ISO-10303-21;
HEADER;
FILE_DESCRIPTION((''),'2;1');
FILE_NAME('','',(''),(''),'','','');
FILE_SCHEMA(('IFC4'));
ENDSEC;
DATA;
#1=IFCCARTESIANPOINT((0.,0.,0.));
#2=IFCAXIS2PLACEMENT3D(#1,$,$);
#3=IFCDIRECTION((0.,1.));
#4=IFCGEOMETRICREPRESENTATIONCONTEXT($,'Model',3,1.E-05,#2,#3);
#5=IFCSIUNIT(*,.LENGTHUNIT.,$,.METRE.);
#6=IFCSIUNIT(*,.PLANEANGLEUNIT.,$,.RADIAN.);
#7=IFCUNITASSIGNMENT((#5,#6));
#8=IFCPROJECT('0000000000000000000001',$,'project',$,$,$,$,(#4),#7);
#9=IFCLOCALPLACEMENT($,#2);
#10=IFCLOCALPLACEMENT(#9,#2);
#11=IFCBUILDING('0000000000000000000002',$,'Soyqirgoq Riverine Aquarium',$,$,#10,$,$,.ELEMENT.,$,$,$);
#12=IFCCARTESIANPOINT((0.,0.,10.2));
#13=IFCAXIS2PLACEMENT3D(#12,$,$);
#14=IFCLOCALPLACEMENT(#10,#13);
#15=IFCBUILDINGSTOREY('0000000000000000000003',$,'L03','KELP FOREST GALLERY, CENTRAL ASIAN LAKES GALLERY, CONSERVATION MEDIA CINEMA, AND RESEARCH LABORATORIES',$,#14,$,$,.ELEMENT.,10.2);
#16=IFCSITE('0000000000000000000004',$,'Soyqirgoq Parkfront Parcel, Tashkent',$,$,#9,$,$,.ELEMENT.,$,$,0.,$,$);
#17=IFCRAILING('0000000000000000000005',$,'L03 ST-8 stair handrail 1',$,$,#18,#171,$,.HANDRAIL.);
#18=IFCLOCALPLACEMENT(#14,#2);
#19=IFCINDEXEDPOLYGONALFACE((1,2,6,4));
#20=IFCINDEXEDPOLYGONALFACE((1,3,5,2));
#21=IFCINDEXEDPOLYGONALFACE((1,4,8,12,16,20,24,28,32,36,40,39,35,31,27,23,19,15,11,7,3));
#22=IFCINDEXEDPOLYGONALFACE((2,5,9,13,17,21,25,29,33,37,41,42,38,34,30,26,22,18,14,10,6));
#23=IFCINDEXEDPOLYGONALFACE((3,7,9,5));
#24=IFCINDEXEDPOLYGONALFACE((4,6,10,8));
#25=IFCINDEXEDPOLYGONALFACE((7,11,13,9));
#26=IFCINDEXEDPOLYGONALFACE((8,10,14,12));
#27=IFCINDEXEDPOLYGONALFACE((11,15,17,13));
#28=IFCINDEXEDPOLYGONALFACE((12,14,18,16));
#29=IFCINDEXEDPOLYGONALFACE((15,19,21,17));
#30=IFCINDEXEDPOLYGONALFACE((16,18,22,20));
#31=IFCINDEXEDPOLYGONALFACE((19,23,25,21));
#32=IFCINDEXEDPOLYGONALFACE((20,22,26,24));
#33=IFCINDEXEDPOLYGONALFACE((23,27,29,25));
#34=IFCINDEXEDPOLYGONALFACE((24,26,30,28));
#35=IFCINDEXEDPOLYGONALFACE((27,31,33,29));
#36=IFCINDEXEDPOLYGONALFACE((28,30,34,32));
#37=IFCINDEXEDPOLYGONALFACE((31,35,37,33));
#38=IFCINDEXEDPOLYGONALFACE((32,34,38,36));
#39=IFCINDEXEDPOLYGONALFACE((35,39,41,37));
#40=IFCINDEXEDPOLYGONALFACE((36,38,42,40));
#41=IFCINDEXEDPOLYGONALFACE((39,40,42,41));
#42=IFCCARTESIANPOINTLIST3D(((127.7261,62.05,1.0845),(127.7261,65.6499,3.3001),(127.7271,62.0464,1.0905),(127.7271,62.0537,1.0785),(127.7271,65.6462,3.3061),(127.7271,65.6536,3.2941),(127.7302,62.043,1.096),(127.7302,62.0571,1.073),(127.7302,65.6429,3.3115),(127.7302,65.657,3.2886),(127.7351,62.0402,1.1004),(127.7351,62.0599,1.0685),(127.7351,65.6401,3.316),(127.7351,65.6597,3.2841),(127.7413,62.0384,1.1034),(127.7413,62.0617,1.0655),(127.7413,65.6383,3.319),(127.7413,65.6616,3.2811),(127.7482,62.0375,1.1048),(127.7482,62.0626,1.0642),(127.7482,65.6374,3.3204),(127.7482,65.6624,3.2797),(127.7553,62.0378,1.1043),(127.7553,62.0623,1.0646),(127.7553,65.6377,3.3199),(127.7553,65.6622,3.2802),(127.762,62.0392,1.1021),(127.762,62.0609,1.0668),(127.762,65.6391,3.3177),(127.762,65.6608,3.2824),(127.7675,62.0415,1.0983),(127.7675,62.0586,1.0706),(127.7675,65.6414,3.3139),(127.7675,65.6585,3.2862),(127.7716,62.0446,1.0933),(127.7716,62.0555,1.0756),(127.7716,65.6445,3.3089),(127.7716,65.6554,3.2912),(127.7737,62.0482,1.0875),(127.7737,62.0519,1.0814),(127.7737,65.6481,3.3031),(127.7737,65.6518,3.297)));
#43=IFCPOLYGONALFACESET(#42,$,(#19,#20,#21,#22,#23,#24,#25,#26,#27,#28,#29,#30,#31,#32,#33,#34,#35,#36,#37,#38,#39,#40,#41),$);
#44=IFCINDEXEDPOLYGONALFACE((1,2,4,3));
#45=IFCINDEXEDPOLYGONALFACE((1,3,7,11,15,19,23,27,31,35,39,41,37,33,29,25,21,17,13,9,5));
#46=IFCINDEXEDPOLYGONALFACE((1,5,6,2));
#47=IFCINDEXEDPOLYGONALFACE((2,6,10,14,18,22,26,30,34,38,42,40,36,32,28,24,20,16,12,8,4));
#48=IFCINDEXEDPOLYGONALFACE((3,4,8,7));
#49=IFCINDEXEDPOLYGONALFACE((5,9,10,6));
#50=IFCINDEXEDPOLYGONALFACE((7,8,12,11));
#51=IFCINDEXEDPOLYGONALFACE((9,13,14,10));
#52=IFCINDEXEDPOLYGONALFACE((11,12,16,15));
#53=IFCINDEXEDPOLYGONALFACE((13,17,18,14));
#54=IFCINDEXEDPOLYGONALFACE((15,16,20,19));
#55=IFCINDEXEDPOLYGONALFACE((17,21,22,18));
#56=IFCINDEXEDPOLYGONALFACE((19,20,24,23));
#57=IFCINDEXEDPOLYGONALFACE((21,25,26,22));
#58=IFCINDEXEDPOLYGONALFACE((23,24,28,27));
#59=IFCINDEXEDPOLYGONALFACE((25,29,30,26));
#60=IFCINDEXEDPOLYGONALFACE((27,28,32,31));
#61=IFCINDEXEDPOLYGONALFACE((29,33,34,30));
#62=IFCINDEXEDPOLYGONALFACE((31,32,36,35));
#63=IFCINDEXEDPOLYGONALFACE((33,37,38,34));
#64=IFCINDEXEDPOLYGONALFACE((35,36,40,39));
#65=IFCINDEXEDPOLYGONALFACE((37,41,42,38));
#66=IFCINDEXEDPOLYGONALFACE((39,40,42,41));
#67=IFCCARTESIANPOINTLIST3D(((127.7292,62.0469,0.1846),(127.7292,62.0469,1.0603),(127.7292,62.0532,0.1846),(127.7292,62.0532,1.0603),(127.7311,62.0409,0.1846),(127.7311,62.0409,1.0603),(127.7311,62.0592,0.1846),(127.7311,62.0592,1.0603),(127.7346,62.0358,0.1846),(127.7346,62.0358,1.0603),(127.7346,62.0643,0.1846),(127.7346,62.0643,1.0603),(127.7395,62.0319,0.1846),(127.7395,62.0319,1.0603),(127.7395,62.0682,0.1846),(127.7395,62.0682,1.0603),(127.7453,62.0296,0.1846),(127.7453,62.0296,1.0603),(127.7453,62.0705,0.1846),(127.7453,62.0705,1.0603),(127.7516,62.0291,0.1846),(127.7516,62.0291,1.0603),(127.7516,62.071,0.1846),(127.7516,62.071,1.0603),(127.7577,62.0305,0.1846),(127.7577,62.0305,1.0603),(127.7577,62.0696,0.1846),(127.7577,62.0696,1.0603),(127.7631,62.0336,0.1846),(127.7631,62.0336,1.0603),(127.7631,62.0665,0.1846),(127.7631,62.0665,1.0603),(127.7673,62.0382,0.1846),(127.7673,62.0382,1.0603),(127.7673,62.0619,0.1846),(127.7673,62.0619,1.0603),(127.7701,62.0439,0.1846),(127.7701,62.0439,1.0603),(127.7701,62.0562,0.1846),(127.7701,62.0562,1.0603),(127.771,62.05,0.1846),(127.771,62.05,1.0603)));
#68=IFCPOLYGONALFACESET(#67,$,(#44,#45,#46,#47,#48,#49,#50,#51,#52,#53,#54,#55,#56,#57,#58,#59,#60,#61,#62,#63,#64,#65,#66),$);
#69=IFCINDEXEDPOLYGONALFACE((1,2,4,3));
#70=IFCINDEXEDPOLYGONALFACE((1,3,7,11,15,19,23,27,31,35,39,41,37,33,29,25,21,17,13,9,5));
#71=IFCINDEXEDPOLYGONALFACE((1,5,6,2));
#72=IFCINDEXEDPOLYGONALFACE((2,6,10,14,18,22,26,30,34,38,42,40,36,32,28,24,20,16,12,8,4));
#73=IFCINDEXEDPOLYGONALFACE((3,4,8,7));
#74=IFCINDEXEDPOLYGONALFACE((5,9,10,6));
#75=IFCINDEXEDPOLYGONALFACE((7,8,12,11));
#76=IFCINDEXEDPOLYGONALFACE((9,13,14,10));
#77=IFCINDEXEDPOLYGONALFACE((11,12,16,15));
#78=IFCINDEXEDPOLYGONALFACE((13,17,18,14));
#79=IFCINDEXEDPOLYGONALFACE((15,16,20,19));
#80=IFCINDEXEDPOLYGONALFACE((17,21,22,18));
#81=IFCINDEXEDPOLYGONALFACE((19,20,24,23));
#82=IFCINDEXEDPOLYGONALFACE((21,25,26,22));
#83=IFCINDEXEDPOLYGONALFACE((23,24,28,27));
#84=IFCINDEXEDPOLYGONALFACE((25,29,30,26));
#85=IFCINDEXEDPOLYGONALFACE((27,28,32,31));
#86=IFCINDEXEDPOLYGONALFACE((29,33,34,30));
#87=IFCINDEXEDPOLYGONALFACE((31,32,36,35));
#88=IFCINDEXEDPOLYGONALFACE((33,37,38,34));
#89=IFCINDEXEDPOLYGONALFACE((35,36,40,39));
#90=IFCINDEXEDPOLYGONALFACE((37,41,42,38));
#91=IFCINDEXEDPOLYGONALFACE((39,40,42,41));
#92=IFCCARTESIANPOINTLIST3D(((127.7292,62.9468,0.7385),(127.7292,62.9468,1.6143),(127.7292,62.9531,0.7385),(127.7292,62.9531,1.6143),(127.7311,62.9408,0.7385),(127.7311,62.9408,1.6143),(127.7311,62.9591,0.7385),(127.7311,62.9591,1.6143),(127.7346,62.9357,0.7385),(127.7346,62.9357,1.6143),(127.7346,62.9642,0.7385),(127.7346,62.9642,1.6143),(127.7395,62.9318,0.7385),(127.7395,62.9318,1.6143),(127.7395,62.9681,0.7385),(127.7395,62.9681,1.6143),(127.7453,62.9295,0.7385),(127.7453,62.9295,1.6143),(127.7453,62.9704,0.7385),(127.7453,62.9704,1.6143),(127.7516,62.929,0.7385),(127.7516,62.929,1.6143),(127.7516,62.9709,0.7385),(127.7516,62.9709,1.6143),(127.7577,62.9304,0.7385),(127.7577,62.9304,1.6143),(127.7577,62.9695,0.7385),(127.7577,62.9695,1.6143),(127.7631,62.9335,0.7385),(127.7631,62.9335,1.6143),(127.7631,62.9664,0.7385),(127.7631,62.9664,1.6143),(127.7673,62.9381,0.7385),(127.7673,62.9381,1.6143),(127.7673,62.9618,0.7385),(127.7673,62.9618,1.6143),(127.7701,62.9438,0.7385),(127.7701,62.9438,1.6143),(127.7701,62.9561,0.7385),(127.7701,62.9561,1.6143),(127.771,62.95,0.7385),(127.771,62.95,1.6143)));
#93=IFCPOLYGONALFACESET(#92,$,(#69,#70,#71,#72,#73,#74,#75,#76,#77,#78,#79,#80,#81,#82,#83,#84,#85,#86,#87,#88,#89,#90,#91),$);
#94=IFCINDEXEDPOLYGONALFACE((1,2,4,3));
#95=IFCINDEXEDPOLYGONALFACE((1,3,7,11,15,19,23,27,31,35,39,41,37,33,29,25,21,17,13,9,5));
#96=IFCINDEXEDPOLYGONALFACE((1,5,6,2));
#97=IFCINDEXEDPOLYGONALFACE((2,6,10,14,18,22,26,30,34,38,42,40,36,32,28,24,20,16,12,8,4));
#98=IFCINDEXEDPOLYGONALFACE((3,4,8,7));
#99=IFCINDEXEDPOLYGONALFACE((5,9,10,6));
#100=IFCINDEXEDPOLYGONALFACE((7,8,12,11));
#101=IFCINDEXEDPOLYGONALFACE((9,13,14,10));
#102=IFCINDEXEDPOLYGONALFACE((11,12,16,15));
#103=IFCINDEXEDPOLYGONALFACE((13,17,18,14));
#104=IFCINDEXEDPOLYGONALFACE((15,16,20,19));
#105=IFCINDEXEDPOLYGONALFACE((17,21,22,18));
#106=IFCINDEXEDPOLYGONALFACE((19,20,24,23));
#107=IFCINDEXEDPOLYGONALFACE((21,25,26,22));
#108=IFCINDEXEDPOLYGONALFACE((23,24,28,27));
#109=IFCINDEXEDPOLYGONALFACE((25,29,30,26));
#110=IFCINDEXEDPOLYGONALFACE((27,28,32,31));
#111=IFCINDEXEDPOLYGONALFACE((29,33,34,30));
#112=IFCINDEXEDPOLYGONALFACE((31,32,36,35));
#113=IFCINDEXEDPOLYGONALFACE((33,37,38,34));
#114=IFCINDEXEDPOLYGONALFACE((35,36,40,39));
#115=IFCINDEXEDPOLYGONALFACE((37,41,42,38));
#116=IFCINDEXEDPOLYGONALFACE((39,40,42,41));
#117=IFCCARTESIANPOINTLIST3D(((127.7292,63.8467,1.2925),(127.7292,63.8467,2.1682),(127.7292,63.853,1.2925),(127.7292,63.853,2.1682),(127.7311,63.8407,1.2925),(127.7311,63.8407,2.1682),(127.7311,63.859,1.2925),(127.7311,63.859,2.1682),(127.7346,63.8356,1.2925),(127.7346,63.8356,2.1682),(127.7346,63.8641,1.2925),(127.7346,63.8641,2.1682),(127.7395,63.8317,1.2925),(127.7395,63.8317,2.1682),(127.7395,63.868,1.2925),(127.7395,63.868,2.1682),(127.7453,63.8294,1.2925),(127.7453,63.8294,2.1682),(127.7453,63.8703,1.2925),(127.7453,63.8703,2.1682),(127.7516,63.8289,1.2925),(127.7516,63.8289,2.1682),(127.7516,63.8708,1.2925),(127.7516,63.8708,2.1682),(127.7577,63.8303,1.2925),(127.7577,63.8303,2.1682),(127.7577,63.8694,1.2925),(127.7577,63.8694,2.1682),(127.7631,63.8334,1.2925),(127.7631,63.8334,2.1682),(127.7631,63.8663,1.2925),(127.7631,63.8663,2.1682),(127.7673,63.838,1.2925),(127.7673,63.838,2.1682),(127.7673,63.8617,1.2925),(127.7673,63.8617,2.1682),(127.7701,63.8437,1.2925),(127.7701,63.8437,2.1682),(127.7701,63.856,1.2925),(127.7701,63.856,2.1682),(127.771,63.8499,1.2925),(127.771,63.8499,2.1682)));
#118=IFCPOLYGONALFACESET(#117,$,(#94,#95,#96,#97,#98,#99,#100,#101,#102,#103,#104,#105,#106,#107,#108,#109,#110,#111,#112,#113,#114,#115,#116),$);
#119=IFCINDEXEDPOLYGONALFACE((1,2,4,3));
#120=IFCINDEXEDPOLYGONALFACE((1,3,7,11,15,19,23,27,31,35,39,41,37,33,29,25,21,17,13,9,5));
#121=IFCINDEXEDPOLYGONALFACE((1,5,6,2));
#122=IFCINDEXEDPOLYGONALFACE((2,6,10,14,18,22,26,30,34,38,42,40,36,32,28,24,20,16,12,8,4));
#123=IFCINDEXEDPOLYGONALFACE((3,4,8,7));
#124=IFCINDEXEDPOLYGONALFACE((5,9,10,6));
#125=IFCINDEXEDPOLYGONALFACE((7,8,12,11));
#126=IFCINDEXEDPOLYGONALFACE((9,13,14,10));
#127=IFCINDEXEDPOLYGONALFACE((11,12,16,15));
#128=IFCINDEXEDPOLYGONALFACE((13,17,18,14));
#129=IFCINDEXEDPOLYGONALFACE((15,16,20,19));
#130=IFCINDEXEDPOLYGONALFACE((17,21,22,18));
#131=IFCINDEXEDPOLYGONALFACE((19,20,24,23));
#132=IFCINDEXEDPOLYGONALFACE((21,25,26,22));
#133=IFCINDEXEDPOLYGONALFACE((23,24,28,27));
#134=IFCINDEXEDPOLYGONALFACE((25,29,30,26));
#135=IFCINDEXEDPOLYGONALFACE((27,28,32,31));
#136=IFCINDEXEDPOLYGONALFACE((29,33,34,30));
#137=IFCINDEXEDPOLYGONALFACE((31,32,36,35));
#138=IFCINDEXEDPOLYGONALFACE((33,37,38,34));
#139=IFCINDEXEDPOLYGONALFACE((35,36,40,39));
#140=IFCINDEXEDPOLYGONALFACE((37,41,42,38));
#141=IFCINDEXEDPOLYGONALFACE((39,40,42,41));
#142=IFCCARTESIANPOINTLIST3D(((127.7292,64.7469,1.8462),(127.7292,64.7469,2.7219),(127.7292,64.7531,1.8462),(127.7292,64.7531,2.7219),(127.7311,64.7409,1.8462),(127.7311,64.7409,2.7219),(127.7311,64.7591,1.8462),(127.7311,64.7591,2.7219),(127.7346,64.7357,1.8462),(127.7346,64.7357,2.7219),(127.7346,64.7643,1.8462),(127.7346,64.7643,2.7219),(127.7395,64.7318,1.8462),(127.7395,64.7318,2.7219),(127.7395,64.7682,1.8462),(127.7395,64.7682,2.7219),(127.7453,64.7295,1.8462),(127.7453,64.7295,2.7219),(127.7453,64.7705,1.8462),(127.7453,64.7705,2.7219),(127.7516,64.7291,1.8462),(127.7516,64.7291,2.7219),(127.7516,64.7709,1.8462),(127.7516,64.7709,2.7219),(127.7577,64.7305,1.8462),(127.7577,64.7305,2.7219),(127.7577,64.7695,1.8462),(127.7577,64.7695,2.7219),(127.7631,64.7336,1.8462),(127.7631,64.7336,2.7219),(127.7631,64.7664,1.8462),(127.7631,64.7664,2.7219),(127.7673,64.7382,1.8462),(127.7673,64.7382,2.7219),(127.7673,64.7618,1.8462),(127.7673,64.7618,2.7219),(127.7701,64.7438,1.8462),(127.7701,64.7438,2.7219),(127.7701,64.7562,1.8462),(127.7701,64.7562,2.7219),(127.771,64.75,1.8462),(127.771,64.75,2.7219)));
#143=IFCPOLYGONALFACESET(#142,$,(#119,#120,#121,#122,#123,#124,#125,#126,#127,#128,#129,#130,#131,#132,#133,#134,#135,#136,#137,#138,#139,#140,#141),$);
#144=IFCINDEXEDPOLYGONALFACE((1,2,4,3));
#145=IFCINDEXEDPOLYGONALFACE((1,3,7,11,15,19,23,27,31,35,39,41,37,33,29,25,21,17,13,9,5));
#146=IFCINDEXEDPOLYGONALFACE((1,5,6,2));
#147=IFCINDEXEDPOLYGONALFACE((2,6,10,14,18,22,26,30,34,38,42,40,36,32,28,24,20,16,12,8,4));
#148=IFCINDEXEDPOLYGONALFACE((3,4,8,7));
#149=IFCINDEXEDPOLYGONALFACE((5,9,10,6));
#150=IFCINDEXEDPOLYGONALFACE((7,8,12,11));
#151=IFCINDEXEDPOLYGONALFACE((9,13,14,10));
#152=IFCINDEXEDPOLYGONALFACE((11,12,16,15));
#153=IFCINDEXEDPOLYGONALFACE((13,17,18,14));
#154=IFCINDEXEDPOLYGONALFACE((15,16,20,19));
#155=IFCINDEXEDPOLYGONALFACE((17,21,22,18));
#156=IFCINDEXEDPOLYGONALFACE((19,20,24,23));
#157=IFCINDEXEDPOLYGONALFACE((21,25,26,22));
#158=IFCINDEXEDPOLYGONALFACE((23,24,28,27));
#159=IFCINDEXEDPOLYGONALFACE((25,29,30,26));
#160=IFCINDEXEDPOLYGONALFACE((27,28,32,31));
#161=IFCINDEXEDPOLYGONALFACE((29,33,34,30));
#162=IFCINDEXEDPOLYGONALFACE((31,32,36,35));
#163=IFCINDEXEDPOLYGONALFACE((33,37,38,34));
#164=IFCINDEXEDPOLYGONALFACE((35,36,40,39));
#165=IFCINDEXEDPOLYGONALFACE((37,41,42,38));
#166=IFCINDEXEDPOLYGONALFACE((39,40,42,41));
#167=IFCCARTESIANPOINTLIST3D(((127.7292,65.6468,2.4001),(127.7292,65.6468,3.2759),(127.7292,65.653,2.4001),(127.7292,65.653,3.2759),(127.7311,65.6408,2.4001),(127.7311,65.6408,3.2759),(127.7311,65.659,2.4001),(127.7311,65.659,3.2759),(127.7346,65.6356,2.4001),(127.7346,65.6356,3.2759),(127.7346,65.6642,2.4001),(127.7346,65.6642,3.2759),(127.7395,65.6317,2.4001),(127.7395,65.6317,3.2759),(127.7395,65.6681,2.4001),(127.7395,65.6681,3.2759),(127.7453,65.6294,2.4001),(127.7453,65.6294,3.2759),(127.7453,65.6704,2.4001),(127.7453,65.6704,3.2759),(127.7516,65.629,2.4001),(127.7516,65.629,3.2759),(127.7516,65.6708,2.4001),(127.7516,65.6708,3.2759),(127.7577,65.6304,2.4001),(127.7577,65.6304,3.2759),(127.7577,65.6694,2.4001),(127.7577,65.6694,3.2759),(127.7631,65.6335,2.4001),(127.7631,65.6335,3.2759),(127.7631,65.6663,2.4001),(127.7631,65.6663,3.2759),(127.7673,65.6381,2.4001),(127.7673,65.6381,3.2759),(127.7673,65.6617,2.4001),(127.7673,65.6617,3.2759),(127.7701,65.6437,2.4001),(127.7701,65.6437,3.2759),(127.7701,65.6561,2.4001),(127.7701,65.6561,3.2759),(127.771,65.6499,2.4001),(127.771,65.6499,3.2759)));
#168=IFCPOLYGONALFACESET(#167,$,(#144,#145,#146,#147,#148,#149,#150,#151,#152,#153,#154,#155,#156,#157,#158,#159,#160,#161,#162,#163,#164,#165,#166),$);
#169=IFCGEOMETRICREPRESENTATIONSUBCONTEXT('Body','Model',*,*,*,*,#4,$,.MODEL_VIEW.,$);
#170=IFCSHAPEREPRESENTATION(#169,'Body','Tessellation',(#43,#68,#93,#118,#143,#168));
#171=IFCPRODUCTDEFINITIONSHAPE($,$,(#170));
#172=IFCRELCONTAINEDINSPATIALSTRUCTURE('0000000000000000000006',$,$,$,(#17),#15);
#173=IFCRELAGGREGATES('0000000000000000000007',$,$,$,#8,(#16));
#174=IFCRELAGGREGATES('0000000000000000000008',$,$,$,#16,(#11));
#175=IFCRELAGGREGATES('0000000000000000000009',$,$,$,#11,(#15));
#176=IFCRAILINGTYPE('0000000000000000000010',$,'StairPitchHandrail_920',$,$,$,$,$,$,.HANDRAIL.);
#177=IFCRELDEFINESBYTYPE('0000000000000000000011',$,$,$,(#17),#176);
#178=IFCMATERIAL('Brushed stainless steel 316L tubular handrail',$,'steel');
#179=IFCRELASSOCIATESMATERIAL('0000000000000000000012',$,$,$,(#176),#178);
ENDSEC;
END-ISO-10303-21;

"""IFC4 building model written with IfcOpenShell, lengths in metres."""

from ifc_helpers import new_model, si_unit, direction, frame, origin, origin_2d, place, context, subcontext, project, spatial, circle, extrude, material, type_object, element, save


model = new_model("IFC4")

# Units and contexts
model_context = context("Model", 3, precision=1e-05, world=origin(), true_north=direction((0.0, 1.0)))
body_context = subcontext(model_context, "Body", "Model", "MODEL_VIEW")
ifc_project = project(units=[si_unit("LENGTHUNIT", "METRE"), si_unit("PLANEANGLEUNIT", "RADIAN")], contexts=[model_context])

# Site, building, storey
site_placement = place(None, origin())
site = spatial("IfcSite", under=ifc_project, at=site_placement, Name="Soyqirgoq Parkfront Parcel, Tashkent", CompositionType="ELEMENT", RefElevation=0.0)
building_placement = place(site_placement, origin())
building = spatial("IfcBuilding", under=site, at=building_placement, Name="Soyqirgoq Riverine Aquarium", CompositionType="ELEMENT")
storey_placement = place(building_placement, frame((0.0, 0.0, 10.2)))
storey = spatial("IfcBuildingStorey", under=building, at=storey_placement, Name="L03", Description="KELP FOREST GALLERY, CENTRAL ASIAN LAKES GALLERY, CONSERVATION MEDIA CINEMA, AND RESEARCH LABORATORIES", CompositionType="ELEMENT", Elevation=10.2)

# Railing
ifc_material_1 = material(Name="Brushed stainless steel 316L tubular handrail", Category="steel")
railing_type_1 = type_object("IfcRailingType", Name="StairPitchHandrail_920", PredefinedType="HANDRAIL", material=ifc_material_1)
railing_1_placement = place(storey_placement, frame((127.75, 62.05, 0.1846)))
element("IfcRailing", 1, at=railing_1_placement, inside=storey, type_object=railing_type_1, Name="L03 ST-8 stair handrail 1", PredefinedType="HANDRAIL", context=body_context, shape_type="SweptSolid", body=[
    extrude(circle(Radius=0.0239, at=origin_2d()), frame((0.0, 0.0, 0.8999), z_axis=(0.0, 0.851629, 0.524146), x_axis=(-1.0, 0.0, 0.0)), (0.0, 0.0, 1.0), 4.2271),
    extrude(circle(Radius=0.021, at=origin_2d()), origin(), (0.0, 0.0, 1.0), 0.8757),
    extrude(circle(Radius=0.021, at=origin_2d()), frame((0.0, 0.8999, 0.554)), (0.0, 0.0, 1.0), 0.8757),
    extrude(circle(Radius=0.021, at=origin_2d()), frame((0.0, 1.7998, 1.1079)), (0.0, 0.0, 1.0), 0.8757),
    extrude(circle(Radius=0.021, at=origin_2d()), frame((0.0, 2.7, 1.6616)), (0.0, 0.0, 1.0), 0.8757),
    extrude(circle(Radius=0.021, at=origin_2d()), frame((0.0, 3.5999, 2.2156)), (0.0, 0.0, 1.0), 0.8757),
])

save(model, "model.ifc")
